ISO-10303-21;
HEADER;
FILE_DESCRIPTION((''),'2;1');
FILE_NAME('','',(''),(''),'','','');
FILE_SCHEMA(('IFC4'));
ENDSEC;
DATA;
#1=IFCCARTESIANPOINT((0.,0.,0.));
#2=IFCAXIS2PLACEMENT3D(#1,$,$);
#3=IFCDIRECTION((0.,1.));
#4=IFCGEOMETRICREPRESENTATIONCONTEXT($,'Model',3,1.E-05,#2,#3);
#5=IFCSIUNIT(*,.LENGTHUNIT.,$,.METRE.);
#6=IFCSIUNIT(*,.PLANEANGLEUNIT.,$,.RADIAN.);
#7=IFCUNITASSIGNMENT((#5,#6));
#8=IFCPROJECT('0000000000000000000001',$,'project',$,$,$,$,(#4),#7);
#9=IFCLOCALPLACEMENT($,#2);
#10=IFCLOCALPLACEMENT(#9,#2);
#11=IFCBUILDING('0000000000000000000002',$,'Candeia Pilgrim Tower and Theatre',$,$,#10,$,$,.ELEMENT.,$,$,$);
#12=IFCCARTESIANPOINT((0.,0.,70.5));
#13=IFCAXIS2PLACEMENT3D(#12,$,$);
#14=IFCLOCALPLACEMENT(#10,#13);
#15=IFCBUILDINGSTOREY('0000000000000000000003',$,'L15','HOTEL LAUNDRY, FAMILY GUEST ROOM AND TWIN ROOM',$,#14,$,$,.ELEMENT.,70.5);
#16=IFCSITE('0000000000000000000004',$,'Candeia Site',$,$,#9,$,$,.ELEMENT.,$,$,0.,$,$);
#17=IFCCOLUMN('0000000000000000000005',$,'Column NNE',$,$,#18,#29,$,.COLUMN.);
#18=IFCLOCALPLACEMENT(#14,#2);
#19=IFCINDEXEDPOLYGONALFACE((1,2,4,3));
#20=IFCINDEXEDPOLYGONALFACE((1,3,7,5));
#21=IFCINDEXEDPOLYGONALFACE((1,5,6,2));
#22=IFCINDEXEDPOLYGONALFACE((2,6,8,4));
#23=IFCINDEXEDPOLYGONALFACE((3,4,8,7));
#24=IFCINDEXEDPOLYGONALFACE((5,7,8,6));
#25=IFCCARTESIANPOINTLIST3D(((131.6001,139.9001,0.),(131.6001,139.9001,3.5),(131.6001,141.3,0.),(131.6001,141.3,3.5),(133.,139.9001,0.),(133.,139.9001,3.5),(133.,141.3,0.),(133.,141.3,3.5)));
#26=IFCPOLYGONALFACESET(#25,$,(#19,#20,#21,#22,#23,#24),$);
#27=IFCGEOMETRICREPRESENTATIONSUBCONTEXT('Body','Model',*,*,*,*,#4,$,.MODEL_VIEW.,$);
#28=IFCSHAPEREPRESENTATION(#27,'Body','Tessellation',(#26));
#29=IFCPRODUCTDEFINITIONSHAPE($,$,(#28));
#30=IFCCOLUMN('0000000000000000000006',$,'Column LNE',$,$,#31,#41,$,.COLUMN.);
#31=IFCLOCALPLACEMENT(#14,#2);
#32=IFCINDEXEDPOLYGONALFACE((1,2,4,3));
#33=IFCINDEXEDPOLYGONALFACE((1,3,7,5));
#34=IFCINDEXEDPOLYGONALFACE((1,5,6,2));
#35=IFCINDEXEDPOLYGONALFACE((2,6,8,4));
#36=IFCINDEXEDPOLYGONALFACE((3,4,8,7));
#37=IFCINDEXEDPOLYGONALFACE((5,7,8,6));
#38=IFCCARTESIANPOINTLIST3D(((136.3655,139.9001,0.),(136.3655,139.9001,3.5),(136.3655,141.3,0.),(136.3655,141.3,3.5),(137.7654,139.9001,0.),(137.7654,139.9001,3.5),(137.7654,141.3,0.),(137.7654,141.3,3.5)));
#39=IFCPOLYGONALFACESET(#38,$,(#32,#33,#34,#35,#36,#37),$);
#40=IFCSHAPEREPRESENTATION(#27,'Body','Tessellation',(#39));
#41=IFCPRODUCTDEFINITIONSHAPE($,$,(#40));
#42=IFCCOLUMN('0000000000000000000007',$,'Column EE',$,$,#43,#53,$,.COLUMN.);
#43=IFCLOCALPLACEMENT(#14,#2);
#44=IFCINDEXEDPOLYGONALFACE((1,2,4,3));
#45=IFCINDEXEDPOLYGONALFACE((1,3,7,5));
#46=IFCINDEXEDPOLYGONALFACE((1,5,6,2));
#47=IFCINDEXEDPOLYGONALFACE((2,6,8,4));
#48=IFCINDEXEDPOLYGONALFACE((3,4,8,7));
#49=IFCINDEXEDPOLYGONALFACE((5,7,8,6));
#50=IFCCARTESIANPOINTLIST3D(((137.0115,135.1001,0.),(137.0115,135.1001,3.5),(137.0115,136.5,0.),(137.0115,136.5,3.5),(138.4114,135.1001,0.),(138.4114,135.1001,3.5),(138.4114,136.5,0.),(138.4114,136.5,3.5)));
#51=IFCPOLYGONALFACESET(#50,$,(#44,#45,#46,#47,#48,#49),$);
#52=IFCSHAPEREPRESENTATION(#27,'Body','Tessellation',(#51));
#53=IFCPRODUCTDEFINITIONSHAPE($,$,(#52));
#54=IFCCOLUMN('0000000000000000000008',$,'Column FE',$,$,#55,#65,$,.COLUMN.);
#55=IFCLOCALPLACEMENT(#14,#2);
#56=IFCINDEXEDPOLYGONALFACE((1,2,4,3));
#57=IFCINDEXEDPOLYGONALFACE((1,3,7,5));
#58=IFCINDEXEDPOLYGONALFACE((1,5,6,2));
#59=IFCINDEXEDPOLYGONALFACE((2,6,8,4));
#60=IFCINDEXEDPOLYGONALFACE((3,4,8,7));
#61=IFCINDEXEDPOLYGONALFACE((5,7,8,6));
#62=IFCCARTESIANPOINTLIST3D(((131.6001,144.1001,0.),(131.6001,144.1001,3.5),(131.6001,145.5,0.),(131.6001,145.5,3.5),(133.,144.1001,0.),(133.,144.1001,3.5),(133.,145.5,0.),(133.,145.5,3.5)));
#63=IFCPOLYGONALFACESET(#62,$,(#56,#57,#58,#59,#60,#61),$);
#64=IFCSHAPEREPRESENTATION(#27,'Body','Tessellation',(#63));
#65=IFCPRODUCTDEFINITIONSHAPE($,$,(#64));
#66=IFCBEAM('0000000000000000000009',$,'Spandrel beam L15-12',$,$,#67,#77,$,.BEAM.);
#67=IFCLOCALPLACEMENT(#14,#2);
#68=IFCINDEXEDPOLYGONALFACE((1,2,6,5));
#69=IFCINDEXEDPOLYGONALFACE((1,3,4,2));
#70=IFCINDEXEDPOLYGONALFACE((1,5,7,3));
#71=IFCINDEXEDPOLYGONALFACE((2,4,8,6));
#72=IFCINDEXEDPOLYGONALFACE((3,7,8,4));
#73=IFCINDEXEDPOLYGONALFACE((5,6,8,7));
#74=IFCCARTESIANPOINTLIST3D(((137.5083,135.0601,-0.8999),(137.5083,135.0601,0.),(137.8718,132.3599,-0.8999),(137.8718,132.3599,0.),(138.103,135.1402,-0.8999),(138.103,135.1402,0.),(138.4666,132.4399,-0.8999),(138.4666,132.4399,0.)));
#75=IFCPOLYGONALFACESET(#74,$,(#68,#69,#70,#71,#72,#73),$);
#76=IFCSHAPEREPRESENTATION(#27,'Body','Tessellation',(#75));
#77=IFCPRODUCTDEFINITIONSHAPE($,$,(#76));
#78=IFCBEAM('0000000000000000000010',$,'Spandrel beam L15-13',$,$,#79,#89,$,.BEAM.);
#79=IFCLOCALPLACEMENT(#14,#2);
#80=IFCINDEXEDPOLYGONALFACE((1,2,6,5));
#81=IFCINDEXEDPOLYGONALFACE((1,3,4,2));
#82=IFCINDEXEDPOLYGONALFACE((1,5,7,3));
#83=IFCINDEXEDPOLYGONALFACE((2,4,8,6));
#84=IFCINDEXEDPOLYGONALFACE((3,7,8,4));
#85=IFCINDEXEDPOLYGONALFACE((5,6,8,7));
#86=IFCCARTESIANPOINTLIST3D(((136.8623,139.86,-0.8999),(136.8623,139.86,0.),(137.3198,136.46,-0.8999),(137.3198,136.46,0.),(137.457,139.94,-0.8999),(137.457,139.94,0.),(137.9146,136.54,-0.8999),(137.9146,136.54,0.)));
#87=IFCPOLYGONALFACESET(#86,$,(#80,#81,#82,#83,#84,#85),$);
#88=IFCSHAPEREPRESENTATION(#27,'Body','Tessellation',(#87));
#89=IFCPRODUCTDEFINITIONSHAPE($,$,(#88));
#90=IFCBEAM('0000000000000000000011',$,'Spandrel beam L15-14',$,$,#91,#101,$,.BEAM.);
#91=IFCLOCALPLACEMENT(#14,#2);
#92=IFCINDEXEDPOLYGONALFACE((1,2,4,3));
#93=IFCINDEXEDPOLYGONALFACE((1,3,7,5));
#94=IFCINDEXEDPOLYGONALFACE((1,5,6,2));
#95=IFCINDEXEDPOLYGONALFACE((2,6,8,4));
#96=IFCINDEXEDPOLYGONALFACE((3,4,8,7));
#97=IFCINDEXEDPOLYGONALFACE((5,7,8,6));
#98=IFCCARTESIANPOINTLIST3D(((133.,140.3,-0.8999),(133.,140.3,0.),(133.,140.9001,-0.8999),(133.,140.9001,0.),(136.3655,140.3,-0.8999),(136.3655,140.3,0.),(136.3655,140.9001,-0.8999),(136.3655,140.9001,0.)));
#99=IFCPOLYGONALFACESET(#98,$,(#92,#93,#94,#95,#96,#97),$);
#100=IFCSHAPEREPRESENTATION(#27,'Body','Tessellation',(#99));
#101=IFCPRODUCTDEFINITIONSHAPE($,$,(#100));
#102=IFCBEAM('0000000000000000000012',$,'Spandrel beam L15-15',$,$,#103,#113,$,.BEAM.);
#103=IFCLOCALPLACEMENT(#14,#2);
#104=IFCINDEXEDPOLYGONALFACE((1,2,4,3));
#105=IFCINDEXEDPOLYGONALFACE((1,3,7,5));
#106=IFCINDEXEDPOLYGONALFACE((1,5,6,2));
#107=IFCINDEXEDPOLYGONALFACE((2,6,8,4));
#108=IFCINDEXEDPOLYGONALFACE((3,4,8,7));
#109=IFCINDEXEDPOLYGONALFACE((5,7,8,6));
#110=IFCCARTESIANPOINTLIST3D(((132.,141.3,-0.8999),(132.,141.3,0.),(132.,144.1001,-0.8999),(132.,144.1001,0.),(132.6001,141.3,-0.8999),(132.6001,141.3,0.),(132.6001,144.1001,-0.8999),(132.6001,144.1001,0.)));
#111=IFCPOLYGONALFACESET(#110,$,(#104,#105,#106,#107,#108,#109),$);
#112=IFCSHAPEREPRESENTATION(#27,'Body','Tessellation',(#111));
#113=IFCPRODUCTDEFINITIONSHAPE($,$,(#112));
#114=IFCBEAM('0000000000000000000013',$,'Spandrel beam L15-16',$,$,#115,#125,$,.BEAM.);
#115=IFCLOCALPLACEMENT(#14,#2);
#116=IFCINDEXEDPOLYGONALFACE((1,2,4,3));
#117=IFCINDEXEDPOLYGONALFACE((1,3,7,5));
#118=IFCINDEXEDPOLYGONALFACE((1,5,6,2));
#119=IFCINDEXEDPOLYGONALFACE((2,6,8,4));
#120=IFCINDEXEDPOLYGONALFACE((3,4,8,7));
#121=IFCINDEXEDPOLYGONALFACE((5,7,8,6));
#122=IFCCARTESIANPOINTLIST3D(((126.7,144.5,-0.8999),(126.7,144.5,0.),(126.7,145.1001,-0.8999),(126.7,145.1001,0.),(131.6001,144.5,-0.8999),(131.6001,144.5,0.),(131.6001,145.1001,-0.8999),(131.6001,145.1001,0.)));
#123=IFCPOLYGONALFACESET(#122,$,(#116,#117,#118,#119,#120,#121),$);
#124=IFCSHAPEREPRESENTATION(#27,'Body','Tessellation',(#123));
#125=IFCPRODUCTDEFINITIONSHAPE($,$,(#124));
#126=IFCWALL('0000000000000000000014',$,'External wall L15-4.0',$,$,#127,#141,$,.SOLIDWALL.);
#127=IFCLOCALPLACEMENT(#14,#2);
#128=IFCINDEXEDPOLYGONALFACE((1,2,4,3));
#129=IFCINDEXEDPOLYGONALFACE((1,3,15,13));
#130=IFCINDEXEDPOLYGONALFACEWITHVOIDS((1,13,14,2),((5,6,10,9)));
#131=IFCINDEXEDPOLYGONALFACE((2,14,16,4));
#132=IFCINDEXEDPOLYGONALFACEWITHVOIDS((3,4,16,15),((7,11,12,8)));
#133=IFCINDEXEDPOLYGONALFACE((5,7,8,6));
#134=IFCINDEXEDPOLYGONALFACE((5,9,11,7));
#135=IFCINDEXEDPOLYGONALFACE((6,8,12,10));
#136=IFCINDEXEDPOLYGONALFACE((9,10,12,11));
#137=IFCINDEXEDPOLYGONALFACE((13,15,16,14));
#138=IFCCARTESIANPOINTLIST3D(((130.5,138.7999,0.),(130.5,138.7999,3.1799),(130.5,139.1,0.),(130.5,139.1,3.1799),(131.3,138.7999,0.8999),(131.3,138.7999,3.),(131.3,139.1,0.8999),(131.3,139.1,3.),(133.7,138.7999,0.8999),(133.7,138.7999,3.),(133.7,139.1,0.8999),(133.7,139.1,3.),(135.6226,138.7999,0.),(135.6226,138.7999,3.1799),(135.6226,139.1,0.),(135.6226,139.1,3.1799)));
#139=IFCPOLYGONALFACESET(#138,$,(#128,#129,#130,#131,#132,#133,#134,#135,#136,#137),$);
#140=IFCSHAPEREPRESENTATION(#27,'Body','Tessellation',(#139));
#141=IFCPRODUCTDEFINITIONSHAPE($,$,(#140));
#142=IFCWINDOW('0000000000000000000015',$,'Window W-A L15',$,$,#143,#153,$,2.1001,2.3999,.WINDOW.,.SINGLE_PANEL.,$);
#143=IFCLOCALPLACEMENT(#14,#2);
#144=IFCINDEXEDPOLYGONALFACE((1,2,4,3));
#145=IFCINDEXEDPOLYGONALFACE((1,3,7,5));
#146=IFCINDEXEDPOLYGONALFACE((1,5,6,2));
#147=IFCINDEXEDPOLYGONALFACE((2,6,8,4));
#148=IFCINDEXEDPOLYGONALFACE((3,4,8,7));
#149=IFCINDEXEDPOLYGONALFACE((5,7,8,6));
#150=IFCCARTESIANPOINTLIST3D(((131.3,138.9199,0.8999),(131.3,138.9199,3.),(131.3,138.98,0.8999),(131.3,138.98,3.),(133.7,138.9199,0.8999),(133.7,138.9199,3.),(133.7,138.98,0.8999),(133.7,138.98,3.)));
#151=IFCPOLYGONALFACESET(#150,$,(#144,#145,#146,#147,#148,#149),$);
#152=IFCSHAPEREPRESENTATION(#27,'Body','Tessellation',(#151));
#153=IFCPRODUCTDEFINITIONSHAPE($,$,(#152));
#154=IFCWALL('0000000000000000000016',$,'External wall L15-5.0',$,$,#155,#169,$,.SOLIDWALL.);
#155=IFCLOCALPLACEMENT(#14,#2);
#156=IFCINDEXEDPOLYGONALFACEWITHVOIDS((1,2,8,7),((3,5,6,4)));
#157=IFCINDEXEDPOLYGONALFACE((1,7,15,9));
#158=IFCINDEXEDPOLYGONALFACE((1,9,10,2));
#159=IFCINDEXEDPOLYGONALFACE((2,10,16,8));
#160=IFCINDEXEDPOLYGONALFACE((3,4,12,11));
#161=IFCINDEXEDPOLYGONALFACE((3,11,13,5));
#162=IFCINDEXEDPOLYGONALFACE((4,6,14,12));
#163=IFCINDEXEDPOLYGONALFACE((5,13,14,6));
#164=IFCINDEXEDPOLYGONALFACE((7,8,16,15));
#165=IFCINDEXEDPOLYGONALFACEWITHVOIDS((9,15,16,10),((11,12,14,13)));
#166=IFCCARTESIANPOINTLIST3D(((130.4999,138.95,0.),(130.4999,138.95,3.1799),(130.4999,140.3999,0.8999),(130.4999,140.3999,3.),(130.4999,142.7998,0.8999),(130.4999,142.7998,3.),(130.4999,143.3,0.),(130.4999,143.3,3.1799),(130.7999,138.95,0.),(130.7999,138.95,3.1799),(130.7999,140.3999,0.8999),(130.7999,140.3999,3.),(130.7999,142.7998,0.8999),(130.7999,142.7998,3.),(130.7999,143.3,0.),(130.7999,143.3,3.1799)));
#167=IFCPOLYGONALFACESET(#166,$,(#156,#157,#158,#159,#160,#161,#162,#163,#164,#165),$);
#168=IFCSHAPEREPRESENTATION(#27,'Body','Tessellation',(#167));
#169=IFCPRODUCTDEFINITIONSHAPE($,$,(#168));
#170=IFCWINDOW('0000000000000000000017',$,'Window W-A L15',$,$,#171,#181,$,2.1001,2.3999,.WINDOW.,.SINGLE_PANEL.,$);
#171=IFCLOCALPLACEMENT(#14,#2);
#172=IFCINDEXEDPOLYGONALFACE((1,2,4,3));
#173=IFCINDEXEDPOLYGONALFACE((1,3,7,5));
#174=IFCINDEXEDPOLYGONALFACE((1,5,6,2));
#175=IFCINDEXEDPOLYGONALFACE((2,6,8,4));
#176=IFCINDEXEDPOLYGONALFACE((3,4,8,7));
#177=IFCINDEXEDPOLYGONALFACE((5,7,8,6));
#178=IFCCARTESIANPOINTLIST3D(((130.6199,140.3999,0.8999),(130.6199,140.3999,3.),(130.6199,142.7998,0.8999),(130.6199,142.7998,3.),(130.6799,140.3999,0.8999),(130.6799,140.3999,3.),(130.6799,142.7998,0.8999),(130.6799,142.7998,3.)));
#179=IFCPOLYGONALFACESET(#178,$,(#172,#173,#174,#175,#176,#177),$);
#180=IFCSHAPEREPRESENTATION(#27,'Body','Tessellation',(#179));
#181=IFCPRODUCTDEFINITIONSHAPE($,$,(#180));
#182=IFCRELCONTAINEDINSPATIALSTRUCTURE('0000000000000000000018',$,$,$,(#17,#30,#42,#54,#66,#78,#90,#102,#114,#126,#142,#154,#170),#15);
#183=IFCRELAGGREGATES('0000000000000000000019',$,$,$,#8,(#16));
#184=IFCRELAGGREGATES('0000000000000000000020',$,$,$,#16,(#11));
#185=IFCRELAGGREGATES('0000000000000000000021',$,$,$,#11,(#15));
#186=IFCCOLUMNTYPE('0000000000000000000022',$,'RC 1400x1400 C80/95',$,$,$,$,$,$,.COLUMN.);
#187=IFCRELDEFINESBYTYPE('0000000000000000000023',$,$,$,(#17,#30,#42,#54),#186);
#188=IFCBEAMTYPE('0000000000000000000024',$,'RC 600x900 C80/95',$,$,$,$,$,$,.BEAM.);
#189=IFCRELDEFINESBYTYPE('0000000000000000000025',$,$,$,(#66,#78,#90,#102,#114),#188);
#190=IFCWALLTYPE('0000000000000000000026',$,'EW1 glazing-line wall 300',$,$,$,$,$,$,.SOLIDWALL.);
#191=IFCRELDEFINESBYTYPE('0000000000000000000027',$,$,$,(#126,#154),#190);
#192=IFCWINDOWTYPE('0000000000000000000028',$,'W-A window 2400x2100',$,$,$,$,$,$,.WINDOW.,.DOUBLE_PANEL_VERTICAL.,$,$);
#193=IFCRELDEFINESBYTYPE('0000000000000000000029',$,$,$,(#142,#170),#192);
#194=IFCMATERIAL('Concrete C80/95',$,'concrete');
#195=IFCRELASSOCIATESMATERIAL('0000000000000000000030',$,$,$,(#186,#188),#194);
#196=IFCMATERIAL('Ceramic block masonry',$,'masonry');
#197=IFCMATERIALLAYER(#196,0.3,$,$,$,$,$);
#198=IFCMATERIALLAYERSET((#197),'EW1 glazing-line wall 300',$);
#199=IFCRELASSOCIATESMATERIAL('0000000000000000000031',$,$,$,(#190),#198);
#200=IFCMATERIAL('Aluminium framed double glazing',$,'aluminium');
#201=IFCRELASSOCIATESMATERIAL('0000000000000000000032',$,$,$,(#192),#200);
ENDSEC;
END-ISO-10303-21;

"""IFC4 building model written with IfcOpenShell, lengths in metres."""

from ifc_helpers import new_model, si_unit, direction, frame, frame_2d, origin, origin_2d, place, context, subcontext, project, spatial, rectangle, extrude, material, layer, layer_set, material_profile, profile_set, type_object, element, fill, save


model = new_model("IFC4")

# Units and contexts
model_context = context("Model", 3, precision=1e-05, world=origin(), true_north=direction((0.0, 1.0)))
body_context = subcontext(model_context, "Body", "Model", "MODEL_VIEW")
ifc_project = project(units=[si_unit("LENGTHUNIT", "METRE"), si_unit("PLANEANGLEUNIT", "RADIAN")], contexts=[model_context])

# Site, building, storey
site_placement = place(None, origin())
site = spatial("IfcSite", under=ifc_project, at=site_placement, Name="Candeia Site", CompositionType="ELEMENT", RefElevation=0.0)
building_placement = place(site_placement, origin())
building = spatial("IfcBuilding", under=site, at=building_placement, Name="Candeia Pilgrim Tower and Theatre", CompositionType="ELEMENT")
storey_placement = place(building_placement, frame((0.0, 0.0, 70.5)))
storey = spatial("IfcBuildingStorey", under=building, at=storey_placement, Name="L15", Description="HOTEL LAUNDRY, FAMILY GUEST ROOM AND TWIN ROOM", CompositionType="ELEMENT", Elevation=70.5)

# Columns
ifc_material_1 = material(Name="Concrete C80/95", Category="concrete")
ifc_material_profile_1 = material_profile(ifc_material_1, rectangle(XDim=1.3999, YDim=1.3999, at=origin_2d()))
ifc_profile_set_1 = profile_set([ifc_material_profile_1], Name="Concrete C80/95")
column_type = type_object("IfcColumnType", Name="RC 1400x1400 C80/95", PredefinedType="COLUMN", material=ifc_profile_set_1)
for number, where, z_axis, x_axis, name in (
    (1, (132.3, 140.6001, 0.0), (0.0, 0.0, 1.0), (1.0, 0.0, 0.0), "Column NNE"),
    (2, (137.0654, 140.6001, 0.0), (0.0, 0.0, 1.0), (1.0, 0.0, 0.0), "Column LNE"),
    (3, (137.7114, 135.8, 0.0), (0.0, 0.0, 1.0), (1.0, 0.0, 0.0), "Column EE"),
    (4, (132.3, 144.8, 0.0), (0.0, 0.0, 1.0), (1.0, 0.0, 0.0), "Column FE"),
):
    element("IfcColumn", number, at=place(storey_placement, frame(where, z_axis=z_axis, x_axis=x_axis)), inside=storey, type_object=column_type, Name=name, PredefinedType="COLUMN", context=body_context, shape_type="SweptSolid", body=[
        extrude(rectangle(XDim=1.3999, YDim=1.3999, at=origin_2d()), origin(), (0.0, 0.0, 1.0), 3.5),
    ])

# Beams
ifc_material_profile_2 = material_profile(ifc_material_1, rectangle(XDim=0.6001, YDim=0.8999, at=origin_2d()))
ifc_profile_set_2 = profile_set([ifc_material_profile_2], Name="Concrete C80/95")
beam_type = type_object("IfcBeamType", Name="RC 600x900 C80/95", PredefinedType="BEAM", material=ifc_profile_set_2)
beam_1_placement = place(storey_placement, frame((138.1692, 132.3999, -0.45), z_axis=(-0.133426, 0.991059, 0.0), x_axis=(-0.991059, -0.133426, 0.0)))
element("IfcBeam", 5, at=beam_1_placement, inside=storey, type_object=beam_type, Name="Spandrel beam L15-12", PredefinedType="BEAM", context=body_context, shape_type="SweptSolid", body=[
    extrude(rectangle(XDim=0.6001, YDim=0.8999, at=origin_2d()), origin(), (0.0, 0.0, 1.0), 2.7246),
])
beam_2_placement = place(storey_placement, frame((137.6172, 136.5, -0.45), z_axis=(-0.133366, 0.991067, 0.0), x_axis=(-0.991067, -0.133366, 0.0)))
element("IfcBeam", 6, at=beam_2_placement, inside=storey, type_object=beam_type, Name="Spandrel beam L15-13", PredefinedType="BEAM", context=body_context, shape_type="SweptSolid", body=[
    extrude(rectangle(XDim=0.6001, YDim=0.8999, at=origin_2d()), origin(), (0.0, 0.0, 1.0), 3.4307),
])
beam_3_placement = place(storey_placement, frame((136.3655, 140.6001, -0.45), z_axis=(-1.0, 0.0, 0.0), x_axis=(0.0, -1.0, 0.0)))
element("IfcBeam", 7, at=beam_3_placement, inside=storey, type_object=beam_type, Name="Spandrel beam L15-14", PredefinedType="BEAM", context=body_context, shape_type="SweptSolid", body=[
    extrude(rectangle(XDim=0.6001, YDim=0.8999, at=origin_2d()), origin(), (0.0, 0.0, 1.0), 3.3655),
])
beam_4_placement = place(storey_placement, frame((132.3, 141.3, -0.45), z_axis=(0.0, 1.0, 0.0), x_axis=(-1.0, 0.0, 0.0)))
element("IfcBeam", 8, at=beam_4_placement, inside=storey, type_object=beam_type, Name="Spandrel beam L15-15", PredefinedType="BEAM", context=body_context, shape_type="SweptSolid", body=[
    extrude(rectangle(XDim=0.6001, YDim=0.8999, at=origin_2d()), origin(), (0.0, 0.0, 1.0), 2.8),
])
beam_5_placement = place(storey_placement, frame((131.6001, 144.8, -0.45), z_axis=(-1.0, 0.0, 0.0), x_axis=(0.0, -1.0, 0.0)))
element("IfcBeam", 9, at=beam_5_placement, inside=storey, type_object=beam_type, Name="Spandrel beam L15-16", PredefinedType="BEAM", context=body_context, shape_type="SweptSolid", body=[
    extrude(rectangle(XDim=0.6001, YDim=0.8999, at=origin_2d()), origin(), (0.0, 0.0, 1.0), 4.9001),
])

# Walls, openings, windows
ifc_material_2 = material(Name="Ceramic block masonry", Category="masonry")
ifc_layer_1 = layer(ifc_material_2, 0.3)
ifc_layer_set_1 = layer_set([ifc_layer_1], Name="EW1 glazing-line wall 300")
wall_type = type_object("IfcWallType", Name="EW1 glazing-line wall 300", PredefinedType="SOLIDWALL", material=ifc_layer_set_1)
wall_1_placement = place(storey_placement, frame((135.6226, 138.95, 0.0), z_axis=(0.0, 0.0, 1.0), x_axis=(-1.0, 0.0, 0.0)))
wall_1 = element("IfcWall", 10, at=wall_1_placement, inside=storey, type_object=wall_type, Name="External wall L15-4.0", PredefinedType="SOLIDWALL", context=body_context, shape_type="SweptSolid", body=[
    extrude(rectangle(XDim=5.1226, YDim=0.3, at=frame_2d((2.5613, 0.0))), origin(), (0.0, 0.0, 1.0), 3.1799),
])
opening_1_placement = place(wall_1_placement, frame((1.9226, 0.0, 0.8999)))
opening_1 = element("IfcOpeningElement", 11, at=opening_1_placement, cuts=wall_1, PredefinedType="OPENING", context=body_context, shape_type="SweptSolid", body=[
    extrude(rectangle(XDim=2.3999, YDim=2.1001, at=frame_2d((1.2, 1.05))), frame((0.0, 0.1602, 0.0), z_axis=(0.0, -1.0, 0.0), x_axis=(1.0, 0.0, 0.0)), (0.0, 0.0, 1.0), 0.3201),
])
ifc_material_3 = material(Name="Aluminium framed double glazing", Category="aluminium")
window_type = type_object("IfcWindowType", Name="W-A window 2400x2100", PartitioningType="DOUBLE_PANEL_VERTICAL", PredefinedType="WINDOW", material=ifc_material_3)
window_1_placement = place(opening_1_placement, origin())
window_1 = element("IfcWindow", 12, at=window_1_placement, inside=storey, type_object=window_type, Name="Window W-A L15", OverallHeight=2.1001, OverallWidth=2.3999, PartitioningType="SINGLE_PANEL", PredefinedType="WINDOW", context=body_context, shape_type="SweptSolid", body=[
    extrude(rectangle(XDim=2.3999, YDim=2.1001, at=frame_2d((1.2, 1.05))), frame((0.0, 0.03, 0.0), z_axis=(0.0, -1.0, 0.0), x_axis=(1.0, 0.0, 0.0)), (0.0, 0.0, 1.0), 0.0601),
])
fill(opening_1, window_1)
wall_2_placement = place(storey_placement, frame((130.6499, 138.95, 0.0), z_axis=(0.0, 0.0, 1.0), x_axis=(0.0, 1.0, 0.0)))
wall_2 = element("IfcWall", 13, at=wall_2_placement, inside=storey, type_object=wall_type, Name="External wall L15-5.0", PredefinedType="SOLIDWALL", context=body_context, shape_type="SweptSolid", body=[
    extrude(rectangle(XDim=4.3501, YDim=0.3, at=frame_2d((2.175, 0.0))), origin(), (0.0, 0.0, 1.0), 3.1799),
])
opening_2_placement = place(wall_2_placement, frame((1.45, 0.0, 0.8999)))
opening_2 = element("IfcOpeningElement", 14, at=opening_2_placement, cuts=wall_2, PredefinedType="OPENING", context=body_context, shape_type="SweptSolid", body=[
    extrude(rectangle(XDim=2.3999, YDim=2.1001, at=frame_2d((1.2, 1.05))), frame((0.0, 0.1602, 0.0), z_axis=(0.0, -1.0, 0.0), x_axis=(1.0, 0.0, 0.0)), (0.0, 0.0, 1.0), 0.3201),
])
window_2_placement = place(opening_2_placement, origin())
window_2 = element("IfcWindow", 15, at=window_2_placement, inside=storey, type_object=window_type, Name="Window W-A L15", OverallHeight=2.1001, OverallWidth=2.3999, PartitioningType="SINGLE_PANEL", PredefinedType="WINDOW", context=body_context, shape_type="SweptSolid", body=[
    extrude(rectangle(XDim=2.3999, YDim=2.1001, at=frame_2d((1.2, 1.05))), frame((0.0, 0.03, 0.0), z_axis=(0.0, -1.0, 0.0), x_axis=(1.0, 0.0, 0.0)), (0.0, 0.0, 1.0), 0.0601),
])
fill(opening_2, window_2)

save(model, "model.ifc")
